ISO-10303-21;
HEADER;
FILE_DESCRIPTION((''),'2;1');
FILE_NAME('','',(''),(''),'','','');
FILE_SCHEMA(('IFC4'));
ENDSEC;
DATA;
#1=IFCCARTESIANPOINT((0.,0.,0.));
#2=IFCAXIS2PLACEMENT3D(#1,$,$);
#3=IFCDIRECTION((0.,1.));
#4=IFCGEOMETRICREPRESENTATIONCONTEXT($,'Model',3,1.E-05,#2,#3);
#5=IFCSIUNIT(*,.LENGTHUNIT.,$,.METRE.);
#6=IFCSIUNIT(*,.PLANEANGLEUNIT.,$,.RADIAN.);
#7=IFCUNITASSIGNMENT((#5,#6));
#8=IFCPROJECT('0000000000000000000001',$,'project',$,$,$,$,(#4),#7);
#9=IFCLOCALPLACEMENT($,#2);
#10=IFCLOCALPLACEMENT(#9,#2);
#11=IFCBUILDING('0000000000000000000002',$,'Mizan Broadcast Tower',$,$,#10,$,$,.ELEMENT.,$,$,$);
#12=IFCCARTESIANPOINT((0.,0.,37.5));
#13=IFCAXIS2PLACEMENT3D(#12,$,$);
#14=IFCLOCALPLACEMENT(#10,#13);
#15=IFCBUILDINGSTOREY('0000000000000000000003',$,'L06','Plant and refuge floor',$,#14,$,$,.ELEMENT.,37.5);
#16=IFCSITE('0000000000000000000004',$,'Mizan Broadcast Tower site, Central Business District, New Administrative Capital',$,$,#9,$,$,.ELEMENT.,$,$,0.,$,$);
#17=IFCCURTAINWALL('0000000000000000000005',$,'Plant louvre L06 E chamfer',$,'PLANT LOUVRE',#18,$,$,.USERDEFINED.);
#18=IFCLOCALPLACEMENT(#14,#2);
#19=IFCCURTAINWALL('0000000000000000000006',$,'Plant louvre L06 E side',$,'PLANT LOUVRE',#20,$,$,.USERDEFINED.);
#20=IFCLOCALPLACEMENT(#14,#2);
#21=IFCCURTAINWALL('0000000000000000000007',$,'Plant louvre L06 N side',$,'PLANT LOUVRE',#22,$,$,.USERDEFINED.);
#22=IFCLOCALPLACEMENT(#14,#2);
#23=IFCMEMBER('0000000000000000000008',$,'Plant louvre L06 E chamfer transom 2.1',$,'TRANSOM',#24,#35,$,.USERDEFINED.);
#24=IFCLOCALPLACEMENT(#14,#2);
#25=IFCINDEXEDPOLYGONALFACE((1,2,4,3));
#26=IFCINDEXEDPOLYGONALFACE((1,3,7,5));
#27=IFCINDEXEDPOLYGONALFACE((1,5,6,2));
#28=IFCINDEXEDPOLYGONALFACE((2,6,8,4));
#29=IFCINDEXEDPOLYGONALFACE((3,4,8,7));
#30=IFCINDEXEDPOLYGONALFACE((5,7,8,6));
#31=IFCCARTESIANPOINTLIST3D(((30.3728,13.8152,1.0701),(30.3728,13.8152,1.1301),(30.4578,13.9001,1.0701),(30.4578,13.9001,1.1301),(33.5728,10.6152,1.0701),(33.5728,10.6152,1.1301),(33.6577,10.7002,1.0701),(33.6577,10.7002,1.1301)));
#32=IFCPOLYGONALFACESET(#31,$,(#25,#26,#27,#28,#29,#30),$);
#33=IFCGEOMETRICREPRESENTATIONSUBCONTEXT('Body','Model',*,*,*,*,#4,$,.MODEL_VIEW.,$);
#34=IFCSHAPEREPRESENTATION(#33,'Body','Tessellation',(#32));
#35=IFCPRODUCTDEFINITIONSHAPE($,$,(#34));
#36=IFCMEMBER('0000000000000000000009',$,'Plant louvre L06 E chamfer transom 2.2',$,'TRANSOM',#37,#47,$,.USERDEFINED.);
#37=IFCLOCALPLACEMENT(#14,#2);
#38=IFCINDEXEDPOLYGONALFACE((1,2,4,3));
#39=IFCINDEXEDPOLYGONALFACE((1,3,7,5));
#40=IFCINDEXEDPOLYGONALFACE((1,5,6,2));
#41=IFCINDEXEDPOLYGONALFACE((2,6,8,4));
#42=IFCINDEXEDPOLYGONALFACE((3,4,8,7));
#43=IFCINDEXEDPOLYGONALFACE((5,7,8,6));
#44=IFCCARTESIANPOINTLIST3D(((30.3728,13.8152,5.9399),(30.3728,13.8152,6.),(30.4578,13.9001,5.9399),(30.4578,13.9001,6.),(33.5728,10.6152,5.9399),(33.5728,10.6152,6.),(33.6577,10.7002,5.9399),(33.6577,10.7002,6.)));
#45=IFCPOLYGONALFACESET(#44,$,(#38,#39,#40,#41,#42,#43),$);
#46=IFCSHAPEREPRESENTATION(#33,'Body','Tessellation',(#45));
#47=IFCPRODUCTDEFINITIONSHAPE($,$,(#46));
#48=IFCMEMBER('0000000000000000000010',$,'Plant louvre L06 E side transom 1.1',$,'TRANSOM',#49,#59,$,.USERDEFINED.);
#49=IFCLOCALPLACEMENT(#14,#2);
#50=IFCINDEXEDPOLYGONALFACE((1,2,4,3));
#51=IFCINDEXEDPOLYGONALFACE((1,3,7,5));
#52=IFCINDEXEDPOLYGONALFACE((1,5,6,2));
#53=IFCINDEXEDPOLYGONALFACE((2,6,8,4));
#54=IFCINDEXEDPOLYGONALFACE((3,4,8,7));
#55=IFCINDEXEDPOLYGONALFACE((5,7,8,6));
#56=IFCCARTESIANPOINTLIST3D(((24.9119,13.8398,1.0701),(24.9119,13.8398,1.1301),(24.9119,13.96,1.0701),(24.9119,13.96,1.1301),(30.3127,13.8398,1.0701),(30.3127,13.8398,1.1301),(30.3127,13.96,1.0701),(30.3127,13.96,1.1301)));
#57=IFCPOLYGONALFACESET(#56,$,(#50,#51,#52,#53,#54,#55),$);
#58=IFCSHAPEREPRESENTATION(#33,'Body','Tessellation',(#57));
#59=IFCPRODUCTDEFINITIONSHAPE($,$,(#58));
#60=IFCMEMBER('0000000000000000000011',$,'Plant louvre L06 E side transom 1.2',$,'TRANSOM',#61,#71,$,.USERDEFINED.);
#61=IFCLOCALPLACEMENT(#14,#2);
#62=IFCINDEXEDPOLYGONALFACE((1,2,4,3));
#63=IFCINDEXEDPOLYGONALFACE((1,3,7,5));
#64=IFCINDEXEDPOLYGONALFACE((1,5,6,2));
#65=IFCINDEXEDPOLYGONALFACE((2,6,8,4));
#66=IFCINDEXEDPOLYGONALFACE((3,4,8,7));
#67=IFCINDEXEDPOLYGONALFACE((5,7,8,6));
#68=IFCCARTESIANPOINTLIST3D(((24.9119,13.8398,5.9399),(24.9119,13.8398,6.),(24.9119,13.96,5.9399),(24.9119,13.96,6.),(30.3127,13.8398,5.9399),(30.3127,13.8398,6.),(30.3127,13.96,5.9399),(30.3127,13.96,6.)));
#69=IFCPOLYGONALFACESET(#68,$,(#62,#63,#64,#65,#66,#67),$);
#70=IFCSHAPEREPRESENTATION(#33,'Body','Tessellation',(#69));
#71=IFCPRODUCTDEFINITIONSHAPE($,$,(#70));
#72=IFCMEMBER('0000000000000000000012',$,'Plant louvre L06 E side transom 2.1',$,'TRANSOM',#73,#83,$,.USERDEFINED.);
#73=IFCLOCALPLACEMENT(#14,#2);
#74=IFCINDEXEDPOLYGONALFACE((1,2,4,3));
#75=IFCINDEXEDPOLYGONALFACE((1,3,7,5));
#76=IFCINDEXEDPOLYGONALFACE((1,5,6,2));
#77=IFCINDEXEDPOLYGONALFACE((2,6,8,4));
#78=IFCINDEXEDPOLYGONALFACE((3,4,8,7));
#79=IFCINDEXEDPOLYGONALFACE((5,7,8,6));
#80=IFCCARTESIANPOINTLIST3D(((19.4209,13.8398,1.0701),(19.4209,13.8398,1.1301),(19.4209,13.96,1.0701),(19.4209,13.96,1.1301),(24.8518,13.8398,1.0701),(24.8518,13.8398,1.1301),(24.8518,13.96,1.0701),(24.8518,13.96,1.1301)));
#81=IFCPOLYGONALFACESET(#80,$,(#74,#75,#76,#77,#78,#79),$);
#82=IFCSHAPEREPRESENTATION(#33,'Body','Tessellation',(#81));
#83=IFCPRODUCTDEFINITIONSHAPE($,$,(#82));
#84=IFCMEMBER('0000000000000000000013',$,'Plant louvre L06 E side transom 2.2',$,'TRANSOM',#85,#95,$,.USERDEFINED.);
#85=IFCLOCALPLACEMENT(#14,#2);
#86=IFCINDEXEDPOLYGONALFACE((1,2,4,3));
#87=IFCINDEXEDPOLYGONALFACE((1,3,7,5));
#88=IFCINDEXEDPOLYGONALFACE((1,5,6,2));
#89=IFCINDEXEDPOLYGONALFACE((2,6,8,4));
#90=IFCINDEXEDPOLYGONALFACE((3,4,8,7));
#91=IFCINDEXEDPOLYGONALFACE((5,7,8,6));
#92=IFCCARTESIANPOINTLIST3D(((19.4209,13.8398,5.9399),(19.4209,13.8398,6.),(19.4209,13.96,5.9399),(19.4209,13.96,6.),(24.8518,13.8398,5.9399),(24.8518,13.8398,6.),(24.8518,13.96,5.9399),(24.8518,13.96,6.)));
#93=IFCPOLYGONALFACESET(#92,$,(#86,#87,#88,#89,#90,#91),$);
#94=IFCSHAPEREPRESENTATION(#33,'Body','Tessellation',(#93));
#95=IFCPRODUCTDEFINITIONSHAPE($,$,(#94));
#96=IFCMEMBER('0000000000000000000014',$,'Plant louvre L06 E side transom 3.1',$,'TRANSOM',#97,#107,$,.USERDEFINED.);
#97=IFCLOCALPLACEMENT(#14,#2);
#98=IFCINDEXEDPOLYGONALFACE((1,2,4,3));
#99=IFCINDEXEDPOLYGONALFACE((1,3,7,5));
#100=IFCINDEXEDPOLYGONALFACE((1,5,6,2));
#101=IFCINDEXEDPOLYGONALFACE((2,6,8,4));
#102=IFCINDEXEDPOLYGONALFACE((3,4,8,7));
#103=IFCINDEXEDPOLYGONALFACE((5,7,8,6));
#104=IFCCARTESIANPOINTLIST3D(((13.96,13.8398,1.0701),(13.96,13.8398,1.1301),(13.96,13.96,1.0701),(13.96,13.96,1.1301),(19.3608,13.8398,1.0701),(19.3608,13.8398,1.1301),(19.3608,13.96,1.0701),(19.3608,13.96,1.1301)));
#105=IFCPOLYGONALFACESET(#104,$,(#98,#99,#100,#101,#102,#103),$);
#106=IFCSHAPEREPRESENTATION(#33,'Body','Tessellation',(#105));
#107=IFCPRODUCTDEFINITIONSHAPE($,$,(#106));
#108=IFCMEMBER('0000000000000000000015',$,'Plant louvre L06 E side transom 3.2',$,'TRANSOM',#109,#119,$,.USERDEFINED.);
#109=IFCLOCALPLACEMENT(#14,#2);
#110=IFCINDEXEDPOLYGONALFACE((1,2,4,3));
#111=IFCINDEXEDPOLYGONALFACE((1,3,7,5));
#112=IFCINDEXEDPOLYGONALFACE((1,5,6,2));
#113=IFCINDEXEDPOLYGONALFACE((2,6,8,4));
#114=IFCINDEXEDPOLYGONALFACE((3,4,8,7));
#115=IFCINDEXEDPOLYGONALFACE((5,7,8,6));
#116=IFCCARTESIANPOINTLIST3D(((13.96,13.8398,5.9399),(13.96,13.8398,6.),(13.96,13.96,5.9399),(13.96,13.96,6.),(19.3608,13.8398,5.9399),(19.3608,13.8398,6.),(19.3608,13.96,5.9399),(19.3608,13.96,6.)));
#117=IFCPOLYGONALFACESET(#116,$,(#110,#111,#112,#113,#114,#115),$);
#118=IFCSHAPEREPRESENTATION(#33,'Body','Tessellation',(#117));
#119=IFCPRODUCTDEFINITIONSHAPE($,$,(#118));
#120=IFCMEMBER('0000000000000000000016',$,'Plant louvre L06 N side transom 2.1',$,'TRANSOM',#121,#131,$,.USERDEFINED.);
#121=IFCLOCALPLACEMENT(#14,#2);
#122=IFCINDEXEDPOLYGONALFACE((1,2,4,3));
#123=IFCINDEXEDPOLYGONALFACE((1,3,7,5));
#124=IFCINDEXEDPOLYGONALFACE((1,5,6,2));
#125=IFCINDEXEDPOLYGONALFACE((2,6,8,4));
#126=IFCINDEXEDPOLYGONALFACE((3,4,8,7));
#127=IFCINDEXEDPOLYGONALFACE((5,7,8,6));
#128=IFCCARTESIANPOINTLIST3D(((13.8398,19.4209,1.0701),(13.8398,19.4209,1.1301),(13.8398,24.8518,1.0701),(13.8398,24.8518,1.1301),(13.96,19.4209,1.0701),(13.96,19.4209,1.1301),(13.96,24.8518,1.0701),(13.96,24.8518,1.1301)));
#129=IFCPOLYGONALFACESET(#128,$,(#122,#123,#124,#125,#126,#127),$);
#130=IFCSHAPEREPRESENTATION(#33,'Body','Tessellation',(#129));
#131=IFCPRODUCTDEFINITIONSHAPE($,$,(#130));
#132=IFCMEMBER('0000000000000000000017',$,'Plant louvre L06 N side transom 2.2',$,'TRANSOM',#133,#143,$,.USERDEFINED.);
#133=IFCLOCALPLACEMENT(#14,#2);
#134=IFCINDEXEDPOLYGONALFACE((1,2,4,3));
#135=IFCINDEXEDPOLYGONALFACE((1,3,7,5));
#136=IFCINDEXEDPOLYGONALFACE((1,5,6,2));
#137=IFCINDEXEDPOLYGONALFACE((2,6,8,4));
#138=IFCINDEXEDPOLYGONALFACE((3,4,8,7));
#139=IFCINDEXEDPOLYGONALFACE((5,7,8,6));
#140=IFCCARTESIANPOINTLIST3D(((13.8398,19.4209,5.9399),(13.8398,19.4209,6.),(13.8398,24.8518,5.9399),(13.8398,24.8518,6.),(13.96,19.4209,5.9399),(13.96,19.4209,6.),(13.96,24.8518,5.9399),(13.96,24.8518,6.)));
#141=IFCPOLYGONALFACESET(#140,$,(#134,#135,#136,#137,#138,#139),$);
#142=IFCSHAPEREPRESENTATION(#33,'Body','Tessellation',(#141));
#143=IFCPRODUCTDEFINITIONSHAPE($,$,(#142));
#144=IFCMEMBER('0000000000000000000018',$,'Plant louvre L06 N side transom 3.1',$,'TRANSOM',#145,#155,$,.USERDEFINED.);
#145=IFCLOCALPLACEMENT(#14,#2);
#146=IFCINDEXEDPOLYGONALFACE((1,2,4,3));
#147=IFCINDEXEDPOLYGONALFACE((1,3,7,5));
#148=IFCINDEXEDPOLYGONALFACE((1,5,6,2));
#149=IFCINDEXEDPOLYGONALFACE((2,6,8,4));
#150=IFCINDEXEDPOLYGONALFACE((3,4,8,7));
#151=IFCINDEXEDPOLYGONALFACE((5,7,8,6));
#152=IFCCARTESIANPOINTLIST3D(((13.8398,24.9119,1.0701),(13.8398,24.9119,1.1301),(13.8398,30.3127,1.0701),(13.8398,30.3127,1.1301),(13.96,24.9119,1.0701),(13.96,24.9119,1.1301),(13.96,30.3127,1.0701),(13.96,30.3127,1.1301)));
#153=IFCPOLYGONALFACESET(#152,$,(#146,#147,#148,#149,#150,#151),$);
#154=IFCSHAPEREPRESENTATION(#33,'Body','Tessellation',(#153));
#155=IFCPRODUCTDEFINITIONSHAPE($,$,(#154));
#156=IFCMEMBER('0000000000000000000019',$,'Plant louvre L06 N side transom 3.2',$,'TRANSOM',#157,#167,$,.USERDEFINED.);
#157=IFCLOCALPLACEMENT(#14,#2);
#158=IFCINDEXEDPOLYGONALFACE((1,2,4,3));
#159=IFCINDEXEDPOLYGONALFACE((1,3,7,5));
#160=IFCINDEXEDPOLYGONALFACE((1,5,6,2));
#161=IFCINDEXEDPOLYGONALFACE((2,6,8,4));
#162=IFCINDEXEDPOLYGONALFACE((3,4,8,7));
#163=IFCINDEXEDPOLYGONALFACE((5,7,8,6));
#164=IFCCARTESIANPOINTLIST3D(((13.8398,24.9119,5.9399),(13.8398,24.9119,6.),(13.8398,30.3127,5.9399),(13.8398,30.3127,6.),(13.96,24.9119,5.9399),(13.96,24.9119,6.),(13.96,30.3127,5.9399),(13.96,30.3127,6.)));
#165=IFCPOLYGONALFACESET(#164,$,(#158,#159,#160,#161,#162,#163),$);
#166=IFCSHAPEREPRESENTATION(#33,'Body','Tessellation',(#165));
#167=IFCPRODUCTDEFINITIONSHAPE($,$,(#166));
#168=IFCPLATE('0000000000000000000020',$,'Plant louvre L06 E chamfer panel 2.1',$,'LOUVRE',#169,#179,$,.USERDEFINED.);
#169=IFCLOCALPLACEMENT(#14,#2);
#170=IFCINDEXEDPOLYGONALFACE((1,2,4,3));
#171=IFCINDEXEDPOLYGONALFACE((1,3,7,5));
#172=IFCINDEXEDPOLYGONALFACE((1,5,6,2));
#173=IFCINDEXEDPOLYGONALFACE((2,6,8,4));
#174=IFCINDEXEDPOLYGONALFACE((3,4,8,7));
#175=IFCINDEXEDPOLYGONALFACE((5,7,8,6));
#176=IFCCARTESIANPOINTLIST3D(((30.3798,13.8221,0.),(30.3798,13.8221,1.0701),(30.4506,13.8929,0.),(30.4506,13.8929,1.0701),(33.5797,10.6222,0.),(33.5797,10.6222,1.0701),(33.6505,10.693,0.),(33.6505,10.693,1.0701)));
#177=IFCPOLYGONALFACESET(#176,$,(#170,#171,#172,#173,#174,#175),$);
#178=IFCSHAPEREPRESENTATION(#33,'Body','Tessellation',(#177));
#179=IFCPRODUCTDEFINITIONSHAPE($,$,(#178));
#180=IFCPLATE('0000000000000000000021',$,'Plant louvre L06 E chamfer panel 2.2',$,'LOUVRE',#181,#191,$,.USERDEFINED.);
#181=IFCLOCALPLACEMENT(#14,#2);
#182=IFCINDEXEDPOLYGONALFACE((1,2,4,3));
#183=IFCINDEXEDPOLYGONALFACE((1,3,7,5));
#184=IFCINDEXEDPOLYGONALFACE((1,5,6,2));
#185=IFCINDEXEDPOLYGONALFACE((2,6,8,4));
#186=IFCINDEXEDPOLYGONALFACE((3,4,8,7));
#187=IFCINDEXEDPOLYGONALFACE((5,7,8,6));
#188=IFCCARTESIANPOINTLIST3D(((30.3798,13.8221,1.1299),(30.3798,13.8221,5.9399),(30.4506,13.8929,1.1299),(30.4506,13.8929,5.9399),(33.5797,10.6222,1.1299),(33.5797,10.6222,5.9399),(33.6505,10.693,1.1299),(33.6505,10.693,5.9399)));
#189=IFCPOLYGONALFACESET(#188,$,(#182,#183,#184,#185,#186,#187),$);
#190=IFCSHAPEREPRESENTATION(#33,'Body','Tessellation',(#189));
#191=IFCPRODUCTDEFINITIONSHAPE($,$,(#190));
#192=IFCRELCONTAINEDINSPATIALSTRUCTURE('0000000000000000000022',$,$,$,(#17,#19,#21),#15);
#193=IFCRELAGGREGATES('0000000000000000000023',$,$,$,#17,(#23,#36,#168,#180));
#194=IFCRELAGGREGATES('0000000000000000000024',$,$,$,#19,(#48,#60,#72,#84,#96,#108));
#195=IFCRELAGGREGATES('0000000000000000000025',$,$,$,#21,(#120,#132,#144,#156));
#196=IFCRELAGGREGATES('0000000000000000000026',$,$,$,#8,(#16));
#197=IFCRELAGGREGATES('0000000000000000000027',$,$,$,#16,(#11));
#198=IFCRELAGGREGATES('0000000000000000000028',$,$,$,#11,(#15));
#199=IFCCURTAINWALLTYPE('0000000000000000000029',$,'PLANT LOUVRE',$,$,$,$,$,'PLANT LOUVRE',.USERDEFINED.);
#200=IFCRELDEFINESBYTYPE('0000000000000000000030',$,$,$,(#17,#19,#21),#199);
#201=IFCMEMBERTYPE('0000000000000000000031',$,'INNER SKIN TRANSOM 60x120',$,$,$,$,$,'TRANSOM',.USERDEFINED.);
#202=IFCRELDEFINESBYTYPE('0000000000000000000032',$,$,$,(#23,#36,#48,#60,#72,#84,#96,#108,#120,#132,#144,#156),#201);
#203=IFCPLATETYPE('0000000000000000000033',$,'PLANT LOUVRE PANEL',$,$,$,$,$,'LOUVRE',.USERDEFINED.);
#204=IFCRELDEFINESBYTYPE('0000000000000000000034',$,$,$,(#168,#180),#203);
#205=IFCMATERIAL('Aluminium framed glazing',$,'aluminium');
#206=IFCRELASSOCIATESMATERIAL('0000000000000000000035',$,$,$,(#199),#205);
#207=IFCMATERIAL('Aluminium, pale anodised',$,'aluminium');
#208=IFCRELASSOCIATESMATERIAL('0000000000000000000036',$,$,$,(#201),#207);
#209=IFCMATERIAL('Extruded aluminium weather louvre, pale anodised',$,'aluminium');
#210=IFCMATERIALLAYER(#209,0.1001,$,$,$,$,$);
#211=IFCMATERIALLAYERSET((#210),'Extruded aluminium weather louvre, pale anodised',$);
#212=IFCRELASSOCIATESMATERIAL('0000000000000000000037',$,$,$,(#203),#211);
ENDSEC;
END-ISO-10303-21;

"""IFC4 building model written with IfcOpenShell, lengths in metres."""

from ifc_helpers import new_model, si_unit, direction, frame, origin, origin_2d, place, context, subcontext, project, spatial, rectangle, extrude, material, layer, layer_set, material_profile, profile_set, type_object, element, aggregate, save


model = new_model("IFC4")

# Units and contexts
model_context = context("Model", 3, precision=1e-05, world=origin(), true_north=direction((0.0, 1.0)))
body_context = subcontext(model_context, "Body", "Model", "MODEL_VIEW")
ifc_project = project(units=[si_unit("LENGTHUNIT", "METRE"), si_unit("PLANEANGLEUNIT", "RADIAN")], contexts=[model_context])

# Site, building, storey
site_placement = place(None, origin())
site = spatial("IfcSite", under=ifc_project, at=site_placement, Name="Mizan Broadcast Tower site, Central Business District, New Administrative Capital", CompositionType="ELEMENT", RefElevation=0.0)
building_placement = place(site_placement, origin())
building = spatial("IfcBuilding", under=site, at=building_placement, Name="Mizan Broadcast Tower", CompositionType="ELEMENT")
storey_placement = place(building_placement, frame((0.0, 0.0, 37.5)))
storey = spatial("IfcBuildingStorey", under=building, at=storey_placement, Name="L06", Description="Plant and refuge floor", CompositionType="ELEMENT", Elevation=37.5)

# Curtain wall
ifc_material_1 = material(Name="Aluminium framed glazing", Category="aluminium")
curtain_wall_type = type_object("IfcCurtainWallType", Name="PLANT LOUVRE", ElementType="PLANT LOUVRE", PredefinedType="USERDEFINED", material=ifc_material_1)
curtain_wall_1_placement = place(storey_placement, origin())
curtain_wall_1 = element("IfcCurtainWall", 1, at=curtain_wall_1_placement, inside=storey, type_object=curtain_wall_type, Name="Plant louvre L06 E chamfer", ObjectType="PLANT LOUVRE", PredefinedType="USERDEFINED")

# Curtain walls
curtain_wall_2_placement = place(storey_placement, origin())
curtain_wall_2 = element("IfcCurtainWall", 2, at=curtain_wall_2_placement, inside=storey, type_object=curtain_wall_type, Name="Plant louvre L06 E side", ObjectType="PLANT LOUVRE", PredefinedType="USERDEFINED")
curtain_wall_3_placement = place(storey_placement, origin())
curtain_wall_3 = element("IfcCurtainWall", 3, at=curtain_wall_3_placement, inside=storey, type_object=curtain_wall_type, Name="Plant louvre L06 N side", ObjectType="PLANT LOUVRE", PredefinedType="USERDEFINED")

# Members
ifc_material_2 = material(Name="Aluminium, pale anodised", Category="aluminium")
ifc_material_profile_1 = material_profile(ifc_material_2, rectangle(XDim=0.1201, YDim=0.0601, at=origin_2d()), Name="TRANSOM 120x60")
ifc_profile_set_1 = profile_set([ifc_material_profile_1], Name="Aluminium, pale anodised")
member_type_1 = type_object("IfcMemberType", Name="INNER SKIN TRANSOM 60x120", ElementType="TRANSOM", PredefinedType="USERDEFINED", material=ifc_profile_set_1)
member_1_placement = place(storey_placement, frame((33.6152, 10.6577, 1.1001), z_axis=(-0.707107, 0.707107, 0.0), x_axis=(-0.707107, -0.707107, 0.0)))
member_1 = element("IfcMember", 4, at=member_1_placement, type_object=member_type_1, Name="Plant louvre L06 E chamfer transom 2.1", ObjectType="TRANSOM", PredefinedType="USERDEFINED", context=body_context, shape_type="SweptSolid", body=[
    extrude(rectangle(XDim=0.1201, YDim=0.0601, at=origin_2d()), origin(), (0.0, 0.0, 1.0), 4.5254),
])
member_2_placement = place(storey_placement, frame((33.6152, 10.6577, 5.97), z_axis=(-0.707107, 0.707107, 0.0), x_axis=(-0.707107, -0.707107, 0.0)))
member_2 = element("IfcMember", 5, at=member_2_placement, type_object=member_type_1, Name="Plant louvre L06 E chamfer transom 2.2", ObjectType="TRANSOM", PredefinedType="USERDEFINED", context=body_context, shape_type="SweptSolid", body=[
    extrude(rectangle(XDim=0.1201, YDim=0.0601, at=origin_2d()), origin(), (0.0, 0.0, 1.0), 4.5254),
])
member_3_placement = place(storey_placement, frame((30.3127, 13.8999, 1.1001), z_axis=(-1.0, 0.0, 0.0), x_axis=(0.0, -1.0, 0.0)))
member_3 = element("IfcMember", 6, at=member_3_placement, type_object=member_type_1, Name="Plant louvre L06 E side transom 1.1", ObjectType="TRANSOM", PredefinedType="USERDEFINED", context=body_context, shape_type="SweptSolid", body=[
    extrude(rectangle(XDim=0.1201, YDim=0.0601, at=origin_2d()), origin(), (0.0, 0.0, 1.0), 5.4009),
])
member_4_placement = place(storey_placement, frame((30.3127, 13.8999, 5.97), z_axis=(-1.0, 0.0, 0.0), x_axis=(0.0, -1.0, 0.0)))
member_4 = element("IfcMember", 7, at=member_4_placement, type_object=member_type_1, Name="Plant louvre L06 E side transom 1.2", ObjectType="TRANSOM", PredefinedType="USERDEFINED", context=body_context, shape_type="SweptSolid", body=[
    extrude(rectangle(XDim=0.1201, YDim=0.0601, at=origin_2d()), origin(), (0.0, 0.0, 1.0), 5.4009),
])
member_5_placement = place(storey_placement, frame((24.8518, 13.8999, 1.1001), z_axis=(-1.0, 0.0, 0.0), x_axis=(0.0, -1.0, 0.0)))
member_5 = element("IfcMember", 8, at=member_5_placement, type_object=member_type_1, Name="Plant louvre L06 E side transom 2.1", ObjectType="TRANSOM", PredefinedType="USERDEFINED", context=body_context, shape_type="SweptSolid", body=[
    extrude(rectangle(XDim=0.1201, YDim=0.0601, at=origin_2d()), origin(), (0.0, 0.0, 1.0), 5.4309),
])
member_6_placement = place(storey_placement, frame((24.8518, 13.8999, 5.97), z_axis=(-1.0, 0.0, 0.0), x_axis=(0.0, -1.0, 0.0)))
member_6 = element("IfcMember", 9, at=member_6_placement, type_object=member_type_1, Name="Plant louvre L06 E side transom 2.2", ObjectType="TRANSOM", PredefinedType="USERDEFINED", context=body_context, shape_type="SweptSolid", body=[
    extrude(rectangle(XDim=0.1201, YDim=0.0601, at=origin_2d()), origin(), (0.0, 0.0, 1.0), 5.4309),
])
member_7_placement = place(storey_placement, frame((19.3608, 13.8999, 1.1001), z_axis=(-1.0, 0.0, 0.0), x_axis=(0.0, -1.0, 0.0)))
member_7 = element("IfcMember", 10, at=member_7_placement, type_object=member_type_1, Name="Plant louvre L06 E side transom 3.1", ObjectType="TRANSOM", PredefinedType="USERDEFINED", context=body_context, shape_type="SweptSolid", body=[
    extrude(rectangle(XDim=0.1201, YDim=0.0601, at=origin_2d()), origin(), (0.0, 0.0, 1.0), 5.4009),
])
member_8_placement = place(storey_placement, frame((19.3608, 13.8999, 5.97), z_axis=(-1.0, 0.0, 0.0), x_axis=(0.0, -1.0, 0.0)))
member_8 = element("IfcMember", 11, at=member_8_placement, type_object=member_type_1, Name="Plant louvre L06 E side transom 3.2", ObjectType="TRANSOM", PredefinedType="USERDEFINED", context=body_context, shape_type="SweptSolid", body=[
    extrude(rectangle(XDim=0.1201, YDim=0.0601, at=origin_2d()), origin(), (0.0, 0.0, 1.0), 5.4009),
])
member_9_placement = place(storey_placement, frame((13.8999, 19.4209, 1.1001), z_axis=(0.0, 1.0, 0.0), x_axis=(-1.0, 0.0, 0.0)))
member_9 = element("IfcMember", 12, at=member_9_placement, type_object=member_type_1, Name="Plant louvre L06 N side transom 2.1", ObjectType="TRANSOM", PredefinedType="USERDEFINED", context=body_context, shape_type="SweptSolid", body=[
    extrude(rectangle(XDim=0.1201, YDim=0.0601, at=origin_2d()), origin(), (0.0, 0.0, 1.0), 5.4309),
])
member_10_placement = place(storey_placement, frame((13.8999, 19.4209, 5.97), z_axis=(0.0, 1.0, 0.0), x_axis=(-1.0, 0.0, 0.0)))
member_10 = element("IfcMember", 13, at=member_10_placement, type_object=member_type_1, Name="Plant louvre L06 N side transom 2.2", ObjectType="TRANSOM", PredefinedType="USERDEFINED", context=body_context, shape_type="SweptSolid", body=[
    extrude(rectangle(XDim=0.1201, YDim=0.0601, at=origin_2d()), origin(), (0.0, 0.0, 1.0), 5.4309),
])
member_11_placement = place(storey_placement, frame((13.8999, 24.9119, 1.1001), z_axis=(0.0, 1.0, 0.0), x_axis=(-1.0, 0.0, 0.0)))
member_11 = element("IfcMember", 14, at=member_11_placement, type_object=member_type_1, Name="Plant louvre L06 N side transom 3.1", ObjectType="TRANSOM", PredefinedType="USERDEFINED", context=body_context, shape_type="SweptSolid", body=[
    extrude(rectangle(XDim=0.1201, YDim=0.0601, at=origin_2d()), origin(), (0.0, 0.0, 1.0), 5.4009),
])
member_12_placement = place(storey_placement, frame((13.8999, 24.9119, 5.97), z_axis=(0.0, 1.0, 0.0), x_axis=(-1.0, 0.0, 0.0)))
member_12 = element("IfcMember", 15, at=member_12_placement, type_object=member_type_1, Name="Plant louvre L06 N side transom 3.2", ObjectType="TRANSOM", PredefinedType="USERDEFINED", context=body_context, shape_type="SweptSolid", body=[
    extrude(rectangle(XDim=0.1201, YDim=0.0601, at=origin_2d()), origin(), (0.0, 0.0, 1.0), 5.4009),
])

# Plates
ifc_material_3 = material(Name="Extruded aluminium weather louvre, pale anodised", Category="aluminium")
ifc_layer = layer(ifc_material_3, 0.1001)
ifc_layer_set = layer_set([ifc_layer], Name="Extruded aluminium weather louvre, pale anodised")
plate_type = type_object("IfcPlateType", Name="PLANT LOUVRE PANEL", ElementType="LOUVRE", PredefinedType="USERDEFINED", material=ifc_layer_set)
plate_1_placement = place(storey_placement, frame((32.0151, 12.2576, 0.0), z_axis=(0.0, 0.0, 1.0), x_axis=(-0.707107, 0.707107, 0.0)))
plate_1 = element("IfcPlate", 16, at=plate_1_placement, type_object=plate_type, Name="Plant louvre L06 E chamfer panel 2.1", ObjectType="LOUVRE", PredefinedType="USERDEFINED", context=body_context, shape_type="SweptSolid", body=[
    extrude(rectangle(XDim=4.5254, YDim=0.1001, at=origin_2d()), origin(), (0.0, 0.0, 1.0), 1.0701),
])
plate_2_placement = place(storey_placement, frame((32.0151, 12.2576, 1.1299), z_axis=(0.0, 0.0, 1.0), x_axis=(-0.707107, 0.707107, 0.0)))
plate_2 = element("IfcPlate", 17, at=plate_2_placement, type_object=plate_type, Name="Plant louvre L06 E chamfer panel 2.2", ObjectType="LOUVRE", PredefinedType="USERDEFINED", context=body_context, shape_type="SweptSolid", body=[
    extrude(rectangle(XDim=4.5254, YDim=0.1001, at=origin_2d()), origin(), (0.0, 0.0, 1.0), 4.8101),
])
aggregate(curtain_wall_1, [member_1, member_2, plate_1, plate_2])
aggregate(curtain_wall_2, [member_3, member_4, member_5, member_6, member_7, member_8])
aggregate(curtain_wall_3, [member_9, member_10, member_11, member_12])

save(model, "model.ifc")
